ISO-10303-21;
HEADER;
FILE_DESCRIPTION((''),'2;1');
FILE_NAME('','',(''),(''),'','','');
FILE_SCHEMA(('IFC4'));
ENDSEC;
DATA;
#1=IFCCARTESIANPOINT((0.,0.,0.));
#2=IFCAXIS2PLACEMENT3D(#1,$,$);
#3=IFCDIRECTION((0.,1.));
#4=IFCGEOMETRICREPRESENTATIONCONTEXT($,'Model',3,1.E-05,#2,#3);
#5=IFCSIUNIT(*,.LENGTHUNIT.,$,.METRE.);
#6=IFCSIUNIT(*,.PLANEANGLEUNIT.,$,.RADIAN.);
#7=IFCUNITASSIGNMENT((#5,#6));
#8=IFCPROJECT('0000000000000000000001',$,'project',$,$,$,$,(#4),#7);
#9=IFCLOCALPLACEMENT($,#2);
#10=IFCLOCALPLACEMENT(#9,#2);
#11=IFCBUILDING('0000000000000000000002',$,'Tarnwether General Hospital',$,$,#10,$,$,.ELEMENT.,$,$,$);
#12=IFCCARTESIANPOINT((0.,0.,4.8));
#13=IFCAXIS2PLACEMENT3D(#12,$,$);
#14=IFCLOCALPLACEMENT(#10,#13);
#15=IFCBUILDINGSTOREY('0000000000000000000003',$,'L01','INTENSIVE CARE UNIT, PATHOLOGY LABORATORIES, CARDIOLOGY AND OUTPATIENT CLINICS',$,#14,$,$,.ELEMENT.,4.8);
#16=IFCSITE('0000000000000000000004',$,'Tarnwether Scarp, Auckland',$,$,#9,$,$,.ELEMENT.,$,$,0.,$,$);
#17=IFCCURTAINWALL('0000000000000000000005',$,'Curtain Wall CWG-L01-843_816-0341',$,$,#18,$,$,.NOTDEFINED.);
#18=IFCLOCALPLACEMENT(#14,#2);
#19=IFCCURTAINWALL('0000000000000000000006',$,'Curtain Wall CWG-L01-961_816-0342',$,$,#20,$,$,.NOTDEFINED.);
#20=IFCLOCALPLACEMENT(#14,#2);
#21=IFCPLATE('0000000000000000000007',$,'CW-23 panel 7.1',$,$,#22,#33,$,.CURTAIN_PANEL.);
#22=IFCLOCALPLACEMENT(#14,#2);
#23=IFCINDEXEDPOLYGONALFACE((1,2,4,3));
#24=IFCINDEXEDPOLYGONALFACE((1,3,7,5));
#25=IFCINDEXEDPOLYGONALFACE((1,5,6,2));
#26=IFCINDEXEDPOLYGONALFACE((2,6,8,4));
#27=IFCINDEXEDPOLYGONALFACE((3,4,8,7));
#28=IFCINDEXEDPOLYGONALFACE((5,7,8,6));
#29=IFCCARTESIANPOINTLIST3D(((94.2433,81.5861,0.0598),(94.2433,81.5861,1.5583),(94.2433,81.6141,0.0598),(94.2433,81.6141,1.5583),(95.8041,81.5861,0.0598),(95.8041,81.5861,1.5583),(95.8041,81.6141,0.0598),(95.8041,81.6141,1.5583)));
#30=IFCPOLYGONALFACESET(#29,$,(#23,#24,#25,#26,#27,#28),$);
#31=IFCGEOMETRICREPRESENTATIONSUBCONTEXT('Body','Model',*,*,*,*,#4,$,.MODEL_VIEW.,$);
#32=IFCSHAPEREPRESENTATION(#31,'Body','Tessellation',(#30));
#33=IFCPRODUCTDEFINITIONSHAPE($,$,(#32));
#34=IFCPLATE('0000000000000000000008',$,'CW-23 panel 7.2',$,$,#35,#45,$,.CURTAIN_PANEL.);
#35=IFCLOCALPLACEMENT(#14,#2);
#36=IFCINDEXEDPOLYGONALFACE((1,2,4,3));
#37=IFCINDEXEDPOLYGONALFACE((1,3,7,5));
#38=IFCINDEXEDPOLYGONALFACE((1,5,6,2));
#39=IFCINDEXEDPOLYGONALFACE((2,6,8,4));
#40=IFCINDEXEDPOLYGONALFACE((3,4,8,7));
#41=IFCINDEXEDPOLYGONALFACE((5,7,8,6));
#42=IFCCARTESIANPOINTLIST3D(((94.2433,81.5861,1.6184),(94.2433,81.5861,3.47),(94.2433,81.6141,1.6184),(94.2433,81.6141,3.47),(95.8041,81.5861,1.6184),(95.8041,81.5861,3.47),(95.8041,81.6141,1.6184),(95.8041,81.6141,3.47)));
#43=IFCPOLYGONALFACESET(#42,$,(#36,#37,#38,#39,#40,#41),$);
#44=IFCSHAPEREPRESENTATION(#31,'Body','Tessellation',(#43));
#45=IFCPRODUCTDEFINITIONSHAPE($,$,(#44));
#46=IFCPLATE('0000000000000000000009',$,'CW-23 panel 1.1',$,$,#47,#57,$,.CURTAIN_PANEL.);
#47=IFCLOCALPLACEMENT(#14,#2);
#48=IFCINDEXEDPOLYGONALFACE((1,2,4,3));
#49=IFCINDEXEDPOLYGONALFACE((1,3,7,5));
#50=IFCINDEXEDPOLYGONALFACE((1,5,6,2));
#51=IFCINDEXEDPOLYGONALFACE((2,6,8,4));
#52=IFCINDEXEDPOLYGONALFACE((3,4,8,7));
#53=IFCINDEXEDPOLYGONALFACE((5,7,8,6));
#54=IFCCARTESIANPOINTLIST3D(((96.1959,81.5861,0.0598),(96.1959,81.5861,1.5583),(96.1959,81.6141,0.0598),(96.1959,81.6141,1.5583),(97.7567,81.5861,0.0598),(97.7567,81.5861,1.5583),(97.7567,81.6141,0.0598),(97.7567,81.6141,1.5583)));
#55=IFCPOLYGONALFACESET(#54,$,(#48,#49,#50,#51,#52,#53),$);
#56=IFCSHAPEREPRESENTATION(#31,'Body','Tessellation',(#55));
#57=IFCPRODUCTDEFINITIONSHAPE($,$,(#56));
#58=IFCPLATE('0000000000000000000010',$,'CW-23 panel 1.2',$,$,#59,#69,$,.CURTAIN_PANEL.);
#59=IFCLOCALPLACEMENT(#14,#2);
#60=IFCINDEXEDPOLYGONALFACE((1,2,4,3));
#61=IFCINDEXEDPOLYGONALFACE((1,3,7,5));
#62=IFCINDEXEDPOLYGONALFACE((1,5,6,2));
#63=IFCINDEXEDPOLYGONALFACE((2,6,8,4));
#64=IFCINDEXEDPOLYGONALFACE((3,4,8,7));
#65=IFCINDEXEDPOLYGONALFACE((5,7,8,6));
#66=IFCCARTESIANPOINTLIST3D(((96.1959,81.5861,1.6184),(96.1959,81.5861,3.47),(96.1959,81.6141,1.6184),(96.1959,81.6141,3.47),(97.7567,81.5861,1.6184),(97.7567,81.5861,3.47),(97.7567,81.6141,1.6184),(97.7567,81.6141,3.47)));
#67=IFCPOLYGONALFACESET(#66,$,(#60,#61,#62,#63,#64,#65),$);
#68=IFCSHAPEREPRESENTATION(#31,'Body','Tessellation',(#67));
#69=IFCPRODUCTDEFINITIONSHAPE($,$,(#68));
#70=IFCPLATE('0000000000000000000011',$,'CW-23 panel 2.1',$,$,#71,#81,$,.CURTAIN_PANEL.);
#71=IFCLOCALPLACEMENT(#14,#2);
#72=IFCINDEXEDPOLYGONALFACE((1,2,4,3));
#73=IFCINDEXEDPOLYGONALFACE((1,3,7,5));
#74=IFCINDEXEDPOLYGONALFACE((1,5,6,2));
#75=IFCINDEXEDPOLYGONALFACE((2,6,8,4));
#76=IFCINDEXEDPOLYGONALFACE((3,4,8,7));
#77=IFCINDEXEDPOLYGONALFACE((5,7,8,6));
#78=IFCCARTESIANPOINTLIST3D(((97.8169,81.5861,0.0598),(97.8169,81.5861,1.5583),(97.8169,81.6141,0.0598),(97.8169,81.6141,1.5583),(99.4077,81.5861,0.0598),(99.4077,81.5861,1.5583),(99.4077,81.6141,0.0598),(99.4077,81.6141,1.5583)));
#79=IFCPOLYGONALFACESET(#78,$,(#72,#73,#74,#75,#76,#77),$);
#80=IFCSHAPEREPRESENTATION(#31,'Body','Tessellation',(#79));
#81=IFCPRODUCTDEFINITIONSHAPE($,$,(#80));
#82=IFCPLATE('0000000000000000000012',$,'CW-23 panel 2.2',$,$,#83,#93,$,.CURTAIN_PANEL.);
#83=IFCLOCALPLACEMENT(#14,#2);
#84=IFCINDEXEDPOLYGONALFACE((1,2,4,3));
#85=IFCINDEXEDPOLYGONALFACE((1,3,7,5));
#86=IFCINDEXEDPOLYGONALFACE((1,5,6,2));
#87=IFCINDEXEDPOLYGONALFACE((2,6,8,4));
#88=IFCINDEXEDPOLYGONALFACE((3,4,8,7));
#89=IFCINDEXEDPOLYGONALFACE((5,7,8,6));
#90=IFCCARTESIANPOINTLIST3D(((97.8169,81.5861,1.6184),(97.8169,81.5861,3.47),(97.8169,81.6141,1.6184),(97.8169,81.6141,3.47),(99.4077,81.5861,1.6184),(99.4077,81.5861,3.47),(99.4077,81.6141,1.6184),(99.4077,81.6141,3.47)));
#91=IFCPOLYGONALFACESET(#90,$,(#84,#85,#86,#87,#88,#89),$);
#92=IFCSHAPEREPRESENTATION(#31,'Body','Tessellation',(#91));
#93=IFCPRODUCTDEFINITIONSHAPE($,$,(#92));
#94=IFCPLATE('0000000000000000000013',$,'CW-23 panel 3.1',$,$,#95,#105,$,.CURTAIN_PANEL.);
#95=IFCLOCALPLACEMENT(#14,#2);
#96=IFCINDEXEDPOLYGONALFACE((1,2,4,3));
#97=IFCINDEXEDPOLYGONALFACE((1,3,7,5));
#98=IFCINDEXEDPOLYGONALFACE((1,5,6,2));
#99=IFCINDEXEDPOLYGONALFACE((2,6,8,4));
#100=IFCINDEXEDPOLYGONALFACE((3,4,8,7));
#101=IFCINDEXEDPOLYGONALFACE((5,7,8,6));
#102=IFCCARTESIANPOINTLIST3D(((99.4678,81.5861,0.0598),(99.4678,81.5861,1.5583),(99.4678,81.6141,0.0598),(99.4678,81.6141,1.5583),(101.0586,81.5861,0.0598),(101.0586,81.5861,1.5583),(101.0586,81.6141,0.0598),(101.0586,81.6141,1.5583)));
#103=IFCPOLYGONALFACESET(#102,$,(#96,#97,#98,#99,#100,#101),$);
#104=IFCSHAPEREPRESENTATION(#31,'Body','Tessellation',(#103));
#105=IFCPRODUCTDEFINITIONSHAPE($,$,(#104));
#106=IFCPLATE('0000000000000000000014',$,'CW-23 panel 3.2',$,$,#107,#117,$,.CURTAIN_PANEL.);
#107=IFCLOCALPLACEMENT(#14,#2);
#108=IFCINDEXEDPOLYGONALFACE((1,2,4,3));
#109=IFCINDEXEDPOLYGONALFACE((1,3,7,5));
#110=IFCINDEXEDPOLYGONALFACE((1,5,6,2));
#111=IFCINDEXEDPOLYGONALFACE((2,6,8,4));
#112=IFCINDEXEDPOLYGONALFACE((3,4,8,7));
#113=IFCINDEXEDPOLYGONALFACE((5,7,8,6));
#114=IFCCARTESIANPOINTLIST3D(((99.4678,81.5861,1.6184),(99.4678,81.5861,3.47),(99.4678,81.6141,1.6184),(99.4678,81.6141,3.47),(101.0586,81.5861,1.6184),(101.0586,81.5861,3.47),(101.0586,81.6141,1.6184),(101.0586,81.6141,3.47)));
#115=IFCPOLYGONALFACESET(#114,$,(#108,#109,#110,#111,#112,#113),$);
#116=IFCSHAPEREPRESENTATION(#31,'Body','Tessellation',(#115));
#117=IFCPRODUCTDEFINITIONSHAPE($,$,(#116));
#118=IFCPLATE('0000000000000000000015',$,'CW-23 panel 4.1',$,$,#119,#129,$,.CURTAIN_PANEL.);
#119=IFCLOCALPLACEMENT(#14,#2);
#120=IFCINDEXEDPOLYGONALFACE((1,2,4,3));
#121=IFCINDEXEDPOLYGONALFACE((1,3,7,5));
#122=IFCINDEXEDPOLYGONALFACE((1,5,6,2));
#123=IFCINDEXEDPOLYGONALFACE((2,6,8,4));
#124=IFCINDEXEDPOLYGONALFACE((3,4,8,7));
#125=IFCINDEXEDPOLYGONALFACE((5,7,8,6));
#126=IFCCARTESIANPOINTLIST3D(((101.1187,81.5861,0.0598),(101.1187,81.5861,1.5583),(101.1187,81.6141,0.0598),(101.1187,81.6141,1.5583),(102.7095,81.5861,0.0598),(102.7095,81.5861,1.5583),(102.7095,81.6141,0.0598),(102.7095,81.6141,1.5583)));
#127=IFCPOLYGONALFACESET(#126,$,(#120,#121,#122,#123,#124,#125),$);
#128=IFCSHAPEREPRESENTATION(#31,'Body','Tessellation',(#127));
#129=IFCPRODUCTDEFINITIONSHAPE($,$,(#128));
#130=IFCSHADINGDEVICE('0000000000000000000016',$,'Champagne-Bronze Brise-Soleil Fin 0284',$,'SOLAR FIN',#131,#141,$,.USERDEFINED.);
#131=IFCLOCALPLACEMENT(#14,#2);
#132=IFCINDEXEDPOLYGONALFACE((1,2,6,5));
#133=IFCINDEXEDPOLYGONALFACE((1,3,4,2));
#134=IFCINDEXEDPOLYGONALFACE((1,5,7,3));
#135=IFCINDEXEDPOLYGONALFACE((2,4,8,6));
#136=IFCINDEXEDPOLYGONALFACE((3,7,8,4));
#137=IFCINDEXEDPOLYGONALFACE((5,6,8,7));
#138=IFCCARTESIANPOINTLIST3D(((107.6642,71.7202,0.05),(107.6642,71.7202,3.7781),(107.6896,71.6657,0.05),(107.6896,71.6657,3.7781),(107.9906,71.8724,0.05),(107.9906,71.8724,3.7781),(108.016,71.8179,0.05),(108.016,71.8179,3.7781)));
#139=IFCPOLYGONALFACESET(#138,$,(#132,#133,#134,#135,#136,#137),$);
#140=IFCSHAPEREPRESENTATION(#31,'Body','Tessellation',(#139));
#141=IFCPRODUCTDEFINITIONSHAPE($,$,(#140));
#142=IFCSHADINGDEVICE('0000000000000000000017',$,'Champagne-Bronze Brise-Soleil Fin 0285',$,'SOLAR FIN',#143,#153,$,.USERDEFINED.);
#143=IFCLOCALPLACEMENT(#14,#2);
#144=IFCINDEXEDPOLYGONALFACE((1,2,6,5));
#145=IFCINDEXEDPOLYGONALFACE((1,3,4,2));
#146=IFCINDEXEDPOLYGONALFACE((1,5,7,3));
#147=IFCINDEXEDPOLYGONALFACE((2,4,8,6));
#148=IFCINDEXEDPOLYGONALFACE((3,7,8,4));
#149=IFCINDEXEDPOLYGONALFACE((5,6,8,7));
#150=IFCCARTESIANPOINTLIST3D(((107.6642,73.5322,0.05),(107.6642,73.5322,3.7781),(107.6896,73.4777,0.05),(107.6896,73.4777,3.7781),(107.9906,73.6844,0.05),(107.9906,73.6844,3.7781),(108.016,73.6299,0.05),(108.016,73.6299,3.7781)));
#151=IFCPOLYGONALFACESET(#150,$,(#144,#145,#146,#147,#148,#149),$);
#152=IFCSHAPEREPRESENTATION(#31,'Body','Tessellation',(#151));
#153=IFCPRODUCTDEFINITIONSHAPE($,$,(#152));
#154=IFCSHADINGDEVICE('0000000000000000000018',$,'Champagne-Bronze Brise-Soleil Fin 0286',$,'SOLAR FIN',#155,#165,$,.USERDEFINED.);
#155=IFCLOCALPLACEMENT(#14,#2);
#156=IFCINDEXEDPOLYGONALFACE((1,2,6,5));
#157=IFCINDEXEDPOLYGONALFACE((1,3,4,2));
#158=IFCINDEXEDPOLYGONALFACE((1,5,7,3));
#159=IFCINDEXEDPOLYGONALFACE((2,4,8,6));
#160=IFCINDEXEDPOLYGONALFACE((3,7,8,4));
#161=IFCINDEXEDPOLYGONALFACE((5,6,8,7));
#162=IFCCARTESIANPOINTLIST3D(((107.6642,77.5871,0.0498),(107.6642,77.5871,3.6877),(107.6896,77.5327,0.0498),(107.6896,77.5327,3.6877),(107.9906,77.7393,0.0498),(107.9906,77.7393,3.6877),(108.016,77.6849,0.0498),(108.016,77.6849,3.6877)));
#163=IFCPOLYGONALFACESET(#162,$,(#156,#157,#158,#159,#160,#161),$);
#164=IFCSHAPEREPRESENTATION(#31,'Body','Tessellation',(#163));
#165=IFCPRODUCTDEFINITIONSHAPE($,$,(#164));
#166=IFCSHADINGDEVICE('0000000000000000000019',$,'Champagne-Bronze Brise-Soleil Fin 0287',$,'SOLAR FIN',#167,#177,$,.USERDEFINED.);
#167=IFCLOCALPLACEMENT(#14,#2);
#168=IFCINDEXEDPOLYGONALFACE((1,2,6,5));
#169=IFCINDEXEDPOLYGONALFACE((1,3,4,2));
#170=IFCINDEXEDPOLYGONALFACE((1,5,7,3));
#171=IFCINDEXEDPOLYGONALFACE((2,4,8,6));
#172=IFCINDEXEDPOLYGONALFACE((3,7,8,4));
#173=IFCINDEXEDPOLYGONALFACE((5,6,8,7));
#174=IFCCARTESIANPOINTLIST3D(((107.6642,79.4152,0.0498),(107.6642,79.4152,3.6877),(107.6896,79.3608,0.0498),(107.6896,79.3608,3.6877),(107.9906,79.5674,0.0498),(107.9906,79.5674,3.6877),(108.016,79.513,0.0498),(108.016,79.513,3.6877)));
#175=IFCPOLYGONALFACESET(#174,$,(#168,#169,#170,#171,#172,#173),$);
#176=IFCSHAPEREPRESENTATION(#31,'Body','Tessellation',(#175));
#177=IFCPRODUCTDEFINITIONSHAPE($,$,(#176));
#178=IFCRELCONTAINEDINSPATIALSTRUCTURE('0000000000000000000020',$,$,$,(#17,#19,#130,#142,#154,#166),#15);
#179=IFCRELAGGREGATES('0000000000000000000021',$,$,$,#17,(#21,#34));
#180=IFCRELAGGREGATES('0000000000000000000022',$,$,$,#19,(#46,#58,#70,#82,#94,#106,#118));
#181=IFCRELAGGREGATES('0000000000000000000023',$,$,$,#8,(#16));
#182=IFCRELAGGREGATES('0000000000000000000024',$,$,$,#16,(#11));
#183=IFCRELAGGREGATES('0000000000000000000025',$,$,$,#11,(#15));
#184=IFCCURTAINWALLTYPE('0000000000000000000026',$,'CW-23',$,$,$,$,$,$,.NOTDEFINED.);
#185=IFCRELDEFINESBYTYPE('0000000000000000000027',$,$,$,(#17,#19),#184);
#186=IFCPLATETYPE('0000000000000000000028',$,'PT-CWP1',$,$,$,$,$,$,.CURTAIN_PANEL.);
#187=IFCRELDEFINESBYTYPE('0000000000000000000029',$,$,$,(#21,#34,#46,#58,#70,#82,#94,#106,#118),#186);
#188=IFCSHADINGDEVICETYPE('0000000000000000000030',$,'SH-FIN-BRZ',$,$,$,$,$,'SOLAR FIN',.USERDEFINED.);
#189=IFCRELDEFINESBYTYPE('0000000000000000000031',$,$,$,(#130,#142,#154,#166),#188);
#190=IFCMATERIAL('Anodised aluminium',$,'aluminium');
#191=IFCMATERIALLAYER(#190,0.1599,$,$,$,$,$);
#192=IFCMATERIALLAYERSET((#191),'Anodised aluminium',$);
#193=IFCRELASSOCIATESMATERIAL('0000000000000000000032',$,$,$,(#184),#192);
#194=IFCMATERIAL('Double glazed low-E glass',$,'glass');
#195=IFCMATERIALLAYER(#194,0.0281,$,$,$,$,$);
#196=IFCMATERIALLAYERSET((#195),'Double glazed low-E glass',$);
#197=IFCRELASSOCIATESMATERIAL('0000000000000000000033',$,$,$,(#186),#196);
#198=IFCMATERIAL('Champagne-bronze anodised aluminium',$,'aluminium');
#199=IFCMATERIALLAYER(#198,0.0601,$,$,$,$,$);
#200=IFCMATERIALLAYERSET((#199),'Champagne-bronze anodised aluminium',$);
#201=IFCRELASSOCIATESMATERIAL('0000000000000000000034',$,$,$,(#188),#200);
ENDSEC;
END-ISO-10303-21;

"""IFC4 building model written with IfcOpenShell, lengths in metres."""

from ifc_helpers import new_model, si_unit, direction, frame, origin, origin_2d, place, context, subcontext, project, spatial, rectangle, extrude, material, layer, layer_set, type_object, element, aggregate, save


model = new_model("IFC4")

# Units and contexts
model_context = context("Model", 3, precision=1e-05, world=origin(), true_north=direction((0.0, 1.0)))
body_context = subcontext(model_context, "Body", "Model", "MODEL_VIEW")
ifc_project = project(units=[si_unit("LENGTHUNIT", "METRE"), si_unit("PLANEANGLEUNIT", "RADIAN")], contexts=[model_context])

# Site, building, storey
site_placement = place(None, origin())
site = spatial("IfcSite", under=ifc_project, at=site_placement, Name="Tarnwether Scarp, Auckland", CompositionType="ELEMENT", RefElevation=0.0)
building_placement = place(site_placement, origin())
building = spatial("IfcBuilding", under=site, at=building_placement, Name="Tarnwether General Hospital", CompositionType="ELEMENT")
storey_placement = place(building_placement, frame((0.0, 0.0, 4.8)))
storey = spatial("IfcBuildingStorey", under=building, at=storey_placement, Name="L01", Description="INTENSIVE CARE UNIT, PATHOLOGY LABORATORIES, CARDIOLOGY AND OUTPATIENT CLINICS", CompositionType="ELEMENT", Elevation=4.8)

# Curtain walls
ifc_material_1 = material(Name="Anodised aluminium", Category="aluminium")
ifc_layer_1 = layer(ifc_material_1, 0.1599)
ifc_layer_set_1 = layer_set([ifc_layer_1], Name="Anodised aluminium")
curtain_wall_type = type_object("IfcCurtainWallType", Name="CW-23", PredefinedType="NOTDEFINED", material=ifc_layer_set_1)
curtain_wall_1_placement = place(storey_placement, origin())
curtain_wall_1 = element("IfcCurtainWall", 1, at=curtain_wall_1_placement, inside=storey, type_object=curtain_wall_type, Name="Curtain Wall CWG-L01-843_816-0341", PredefinedType="NOTDEFINED")
curtain_wall_2_placement = place(storey_placement, origin())
curtain_wall_2 = element("IfcCurtainWall", 2, at=curtain_wall_2_placement, inside=storey, type_object=curtain_wall_type, Name="Curtain Wall CWG-L01-961_816-0342", PredefinedType="NOTDEFINED")

# Plates
ifc_material_2 = material(Name="Double glazed low-E glass", Category="glass")
ifc_layer_2 = layer(ifc_material_2, 0.0281)
ifc_layer_set_2 = layer_set([ifc_layer_2], Name="Double glazed low-E glass")
plate_type = type_object("IfcPlateType", Name="PT-CWP1", PredefinedType="CURTAIN_PANEL", material=ifc_layer_set_2)
plate_1_placement = place(storey_placement, frame((95.0237, 81.6001, 0.0598), z_axis=(0.0, 0.0, 1.0), x_axis=(1.0, 0.0, 0.0)))
plate_1 = element("IfcPlate", 3, at=plate_1_placement, type_object=plate_type, Name="CW-23 panel 7.1", PredefinedType="CURTAIN_PANEL", context=body_context, shape_type="SweptSolid", body=[
    extrude(rectangle(XDim=1.5608, YDim=0.0281, at=origin_2d()), origin(), (0.0, 0.0, 1.0), 1.4985),
])
plate_2_placement = place(storey_placement, frame((95.0237, 81.6001, 1.6184), z_axis=(0.0, 0.0, 1.0), x_axis=(1.0, 0.0, 0.0)))
plate_2 = element("IfcPlate", 4, at=plate_2_placement, type_object=plate_type, Name="CW-23 panel 7.2", PredefinedType="CURTAIN_PANEL", context=body_context, shape_type="SweptSolid", body=[
    extrude(rectangle(XDim=1.5608, YDim=0.0281, at=origin_2d()), origin(), (0.0, 0.0, 1.0), 1.8516),
])
aggregate(curtain_wall_1, [plate_1, plate_2])
plate_3_placement = place(storey_placement, frame((96.9763, 81.6001, 0.0598), z_axis=(0.0, 0.0, 1.0), x_axis=(1.0, 0.0, 0.0)))
plate_3 = element("IfcPlate", 5, at=plate_3_placement, type_object=plate_type, Name="CW-23 panel 1.1", PredefinedType="CURTAIN_PANEL", context=body_context, shape_type="SweptSolid", body=[
    extrude(rectangle(XDim=1.5608, YDim=0.0281, at=origin_2d()), origin(), (0.0, 0.0, 1.0), 1.4985),
])
plate_4_placement = place(storey_placement, frame((96.9763, 81.6001, 1.6184), z_axis=(0.0, 0.0, 1.0), x_axis=(1.0, 0.0, 0.0)))
plate_4 = element("IfcPlate", 6, at=plate_4_placement, type_object=plate_type, Name="CW-23 panel 1.2", PredefinedType="CURTAIN_PANEL", context=body_context, shape_type="SweptSolid", body=[
    extrude(rectangle(XDim=1.5608, YDim=0.0281, at=origin_2d()), origin(), (0.0, 0.0, 1.0), 1.8516),
])
plate_5_placement = place(storey_placement, frame((98.6123, 81.6001, 0.0598), z_axis=(0.0, 0.0, 1.0), x_axis=(1.0, 0.0, 0.0)))
plate_5 = element("IfcPlate", 7, at=plate_5_placement, type_object=plate_type, Name="CW-23 panel 2.1", PredefinedType="CURTAIN_PANEL", context=body_context, shape_type="SweptSolid", body=[
    extrude(rectangle(XDim=1.5908, YDim=0.0281, at=origin_2d()), origin(), (0.0, 0.0, 1.0), 1.4985),
])
plate_6_placement = place(storey_placement, frame((98.6123, 81.6001, 1.6184), z_axis=(0.0, 0.0, 1.0), x_axis=(1.0, 0.0, 0.0)))
plate_6 = element("IfcPlate", 8, at=plate_6_placement, type_object=plate_type, Name="CW-23 panel 2.2", PredefinedType="CURTAIN_PANEL", context=body_context, shape_type="SweptSolid", body=[
    extrude(rectangle(XDim=1.5908, YDim=0.0281, at=origin_2d()), origin(), (0.0, 0.0, 1.0), 1.8516),
])
plate_7_placement = place(storey_placement, frame((100.2632, 81.6001, 0.0598), z_axis=(0.0, 0.0, 1.0), x_axis=(1.0, 0.0, 0.0)))
plate_7 = element("IfcPlate", 9, at=plate_7_placement, type_object=plate_type, Name="CW-23 panel 3.1", PredefinedType="CURTAIN_PANEL", context=body_context, shape_type="SweptSolid", body=[
    extrude(rectangle(XDim=1.5908, YDim=0.0281, at=origin_2d()), origin(), (0.0, 0.0, 1.0), 1.4985),
])
plate_8_placement = place(storey_placement, frame((100.2632, 81.6001, 1.6184), z_axis=(0.0, 0.0, 1.0), x_axis=(1.0, 0.0, 0.0)))
plate_8 = element("IfcPlate", 10, at=plate_8_placement, type_object=plate_type, Name="CW-23 panel 3.2", PredefinedType="CURTAIN_PANEL", context=body_context, shape_type="SweptSolid", body=[
    extrude(rectangle(XDim=1.5908, YDim=0.0281, at=origin_2d()), origin(), (0.0, 0.0, 1.0), 1.8516),
])
plate_9_placement = place(storey_placement, frame((101.9141, 81.6001, 0.0598), z_axis=(0.0, 0.0, 1.0), x_axis=(1.0, 0.0, 0.0)))
plate_9 = element("IfcPlate", 11, at=plate_9_placement, type_object=plate_type, Name="CW-23 panel 4.1", PredefinedType="CURTAIN_PANEL", context=body_context, shape_type="SweptSolid", body=[
    extrude(rectangle(XDim=1.5908, YDim=0.0281, at=origin_2d()), origin(), (0.0, 0.0, 1.0), 1.4985),
])
aggregate(curtain_wall_2, [plate_3, plate_4, plate_5, plate_6, plate_7, plate_8, plate_9])

# Shading devices
ifc_material_3 = material(Name="Champagne-bronze anodised aluminium", Category="aluminium")
ifc_layer_3 = layer(ifc_material_3, 0.0601)
ifc_layer_set_3 = layer_set([ifc_layer_3], Name="Champagne-bronze anodised aluminium")
shading_device_type = type_object("IfcShadingDeviceType", Name="SH-FIN-BRZ", ElementType="SOLAR FIN", PredefinedType="USERDEFINED", material=ifc_layer_set_3)
for number, where, z_axis, x_axis, name in (
    (12, (107.8401, 71.769, 0.05), (0.0, 0.0, 1.0), (-0.422618, 0.906308, 0.0), "Champagne-Bronze Brise-Soleil Fin 0284"),
    (13, (107.8401, 73.5811, 0.05), (0.0, 0.0, 1.0), (-0.422618, 0.906308, 0.0), "Champagne-Bronze Brise-Soleil Fin 0285"),
):
    element("IfcShadingDevice", number, at=place(storey_placement, frame(where, z_axis=z_axis, x_axis=x_axis)), inside=storey, type_object=shading_device_type, Name=name, ObjectType="SOLAR FIN", PredefinedType="USERDEFINED", context=body_context, shape_type="SweptSolid", body=[
        extrude(rectangle(XDim=0.0601, YDim=0.3601, at=origin_2d()), origin(), (0.0, 0.0, 1.0), 3.728),
    ])
for number, where, z_axis, x_axis, name in (
    (14, (107.8401, 77.636, 0.0498), (0.0, 0.0, 1.0), (-0.422618, 0.906308, 0.0), "Champagne-Bronze Brise-Soleil Fin 0286"),
    (15, (107.8401, 79.4641, 0.0498), (0.0, 0.0, 1.0), (-0.422618, 0.906308, 0.0), "Champagne-Bronze Brise-Soleil Fin 0287"),
):
    element("IfcShadingDevice", number, at=place(storey_placement, frame(where, z_axis=z_axis, x_axis=x_axis)), inside=storey, type_object=shading_device_type, Name=name, ObjectType="SOLAR FIN", PredefinedType="USERDEFINED", context=body_context, shape_type="SweptSolid", body=[
        extrude(rectangle(XDim=0.0601, YDim=0.3601, at=origin_2d()), origin(), (0.0, 0.0, 1.0), 3.6379),
    ])

save(model, "model.ifc")
